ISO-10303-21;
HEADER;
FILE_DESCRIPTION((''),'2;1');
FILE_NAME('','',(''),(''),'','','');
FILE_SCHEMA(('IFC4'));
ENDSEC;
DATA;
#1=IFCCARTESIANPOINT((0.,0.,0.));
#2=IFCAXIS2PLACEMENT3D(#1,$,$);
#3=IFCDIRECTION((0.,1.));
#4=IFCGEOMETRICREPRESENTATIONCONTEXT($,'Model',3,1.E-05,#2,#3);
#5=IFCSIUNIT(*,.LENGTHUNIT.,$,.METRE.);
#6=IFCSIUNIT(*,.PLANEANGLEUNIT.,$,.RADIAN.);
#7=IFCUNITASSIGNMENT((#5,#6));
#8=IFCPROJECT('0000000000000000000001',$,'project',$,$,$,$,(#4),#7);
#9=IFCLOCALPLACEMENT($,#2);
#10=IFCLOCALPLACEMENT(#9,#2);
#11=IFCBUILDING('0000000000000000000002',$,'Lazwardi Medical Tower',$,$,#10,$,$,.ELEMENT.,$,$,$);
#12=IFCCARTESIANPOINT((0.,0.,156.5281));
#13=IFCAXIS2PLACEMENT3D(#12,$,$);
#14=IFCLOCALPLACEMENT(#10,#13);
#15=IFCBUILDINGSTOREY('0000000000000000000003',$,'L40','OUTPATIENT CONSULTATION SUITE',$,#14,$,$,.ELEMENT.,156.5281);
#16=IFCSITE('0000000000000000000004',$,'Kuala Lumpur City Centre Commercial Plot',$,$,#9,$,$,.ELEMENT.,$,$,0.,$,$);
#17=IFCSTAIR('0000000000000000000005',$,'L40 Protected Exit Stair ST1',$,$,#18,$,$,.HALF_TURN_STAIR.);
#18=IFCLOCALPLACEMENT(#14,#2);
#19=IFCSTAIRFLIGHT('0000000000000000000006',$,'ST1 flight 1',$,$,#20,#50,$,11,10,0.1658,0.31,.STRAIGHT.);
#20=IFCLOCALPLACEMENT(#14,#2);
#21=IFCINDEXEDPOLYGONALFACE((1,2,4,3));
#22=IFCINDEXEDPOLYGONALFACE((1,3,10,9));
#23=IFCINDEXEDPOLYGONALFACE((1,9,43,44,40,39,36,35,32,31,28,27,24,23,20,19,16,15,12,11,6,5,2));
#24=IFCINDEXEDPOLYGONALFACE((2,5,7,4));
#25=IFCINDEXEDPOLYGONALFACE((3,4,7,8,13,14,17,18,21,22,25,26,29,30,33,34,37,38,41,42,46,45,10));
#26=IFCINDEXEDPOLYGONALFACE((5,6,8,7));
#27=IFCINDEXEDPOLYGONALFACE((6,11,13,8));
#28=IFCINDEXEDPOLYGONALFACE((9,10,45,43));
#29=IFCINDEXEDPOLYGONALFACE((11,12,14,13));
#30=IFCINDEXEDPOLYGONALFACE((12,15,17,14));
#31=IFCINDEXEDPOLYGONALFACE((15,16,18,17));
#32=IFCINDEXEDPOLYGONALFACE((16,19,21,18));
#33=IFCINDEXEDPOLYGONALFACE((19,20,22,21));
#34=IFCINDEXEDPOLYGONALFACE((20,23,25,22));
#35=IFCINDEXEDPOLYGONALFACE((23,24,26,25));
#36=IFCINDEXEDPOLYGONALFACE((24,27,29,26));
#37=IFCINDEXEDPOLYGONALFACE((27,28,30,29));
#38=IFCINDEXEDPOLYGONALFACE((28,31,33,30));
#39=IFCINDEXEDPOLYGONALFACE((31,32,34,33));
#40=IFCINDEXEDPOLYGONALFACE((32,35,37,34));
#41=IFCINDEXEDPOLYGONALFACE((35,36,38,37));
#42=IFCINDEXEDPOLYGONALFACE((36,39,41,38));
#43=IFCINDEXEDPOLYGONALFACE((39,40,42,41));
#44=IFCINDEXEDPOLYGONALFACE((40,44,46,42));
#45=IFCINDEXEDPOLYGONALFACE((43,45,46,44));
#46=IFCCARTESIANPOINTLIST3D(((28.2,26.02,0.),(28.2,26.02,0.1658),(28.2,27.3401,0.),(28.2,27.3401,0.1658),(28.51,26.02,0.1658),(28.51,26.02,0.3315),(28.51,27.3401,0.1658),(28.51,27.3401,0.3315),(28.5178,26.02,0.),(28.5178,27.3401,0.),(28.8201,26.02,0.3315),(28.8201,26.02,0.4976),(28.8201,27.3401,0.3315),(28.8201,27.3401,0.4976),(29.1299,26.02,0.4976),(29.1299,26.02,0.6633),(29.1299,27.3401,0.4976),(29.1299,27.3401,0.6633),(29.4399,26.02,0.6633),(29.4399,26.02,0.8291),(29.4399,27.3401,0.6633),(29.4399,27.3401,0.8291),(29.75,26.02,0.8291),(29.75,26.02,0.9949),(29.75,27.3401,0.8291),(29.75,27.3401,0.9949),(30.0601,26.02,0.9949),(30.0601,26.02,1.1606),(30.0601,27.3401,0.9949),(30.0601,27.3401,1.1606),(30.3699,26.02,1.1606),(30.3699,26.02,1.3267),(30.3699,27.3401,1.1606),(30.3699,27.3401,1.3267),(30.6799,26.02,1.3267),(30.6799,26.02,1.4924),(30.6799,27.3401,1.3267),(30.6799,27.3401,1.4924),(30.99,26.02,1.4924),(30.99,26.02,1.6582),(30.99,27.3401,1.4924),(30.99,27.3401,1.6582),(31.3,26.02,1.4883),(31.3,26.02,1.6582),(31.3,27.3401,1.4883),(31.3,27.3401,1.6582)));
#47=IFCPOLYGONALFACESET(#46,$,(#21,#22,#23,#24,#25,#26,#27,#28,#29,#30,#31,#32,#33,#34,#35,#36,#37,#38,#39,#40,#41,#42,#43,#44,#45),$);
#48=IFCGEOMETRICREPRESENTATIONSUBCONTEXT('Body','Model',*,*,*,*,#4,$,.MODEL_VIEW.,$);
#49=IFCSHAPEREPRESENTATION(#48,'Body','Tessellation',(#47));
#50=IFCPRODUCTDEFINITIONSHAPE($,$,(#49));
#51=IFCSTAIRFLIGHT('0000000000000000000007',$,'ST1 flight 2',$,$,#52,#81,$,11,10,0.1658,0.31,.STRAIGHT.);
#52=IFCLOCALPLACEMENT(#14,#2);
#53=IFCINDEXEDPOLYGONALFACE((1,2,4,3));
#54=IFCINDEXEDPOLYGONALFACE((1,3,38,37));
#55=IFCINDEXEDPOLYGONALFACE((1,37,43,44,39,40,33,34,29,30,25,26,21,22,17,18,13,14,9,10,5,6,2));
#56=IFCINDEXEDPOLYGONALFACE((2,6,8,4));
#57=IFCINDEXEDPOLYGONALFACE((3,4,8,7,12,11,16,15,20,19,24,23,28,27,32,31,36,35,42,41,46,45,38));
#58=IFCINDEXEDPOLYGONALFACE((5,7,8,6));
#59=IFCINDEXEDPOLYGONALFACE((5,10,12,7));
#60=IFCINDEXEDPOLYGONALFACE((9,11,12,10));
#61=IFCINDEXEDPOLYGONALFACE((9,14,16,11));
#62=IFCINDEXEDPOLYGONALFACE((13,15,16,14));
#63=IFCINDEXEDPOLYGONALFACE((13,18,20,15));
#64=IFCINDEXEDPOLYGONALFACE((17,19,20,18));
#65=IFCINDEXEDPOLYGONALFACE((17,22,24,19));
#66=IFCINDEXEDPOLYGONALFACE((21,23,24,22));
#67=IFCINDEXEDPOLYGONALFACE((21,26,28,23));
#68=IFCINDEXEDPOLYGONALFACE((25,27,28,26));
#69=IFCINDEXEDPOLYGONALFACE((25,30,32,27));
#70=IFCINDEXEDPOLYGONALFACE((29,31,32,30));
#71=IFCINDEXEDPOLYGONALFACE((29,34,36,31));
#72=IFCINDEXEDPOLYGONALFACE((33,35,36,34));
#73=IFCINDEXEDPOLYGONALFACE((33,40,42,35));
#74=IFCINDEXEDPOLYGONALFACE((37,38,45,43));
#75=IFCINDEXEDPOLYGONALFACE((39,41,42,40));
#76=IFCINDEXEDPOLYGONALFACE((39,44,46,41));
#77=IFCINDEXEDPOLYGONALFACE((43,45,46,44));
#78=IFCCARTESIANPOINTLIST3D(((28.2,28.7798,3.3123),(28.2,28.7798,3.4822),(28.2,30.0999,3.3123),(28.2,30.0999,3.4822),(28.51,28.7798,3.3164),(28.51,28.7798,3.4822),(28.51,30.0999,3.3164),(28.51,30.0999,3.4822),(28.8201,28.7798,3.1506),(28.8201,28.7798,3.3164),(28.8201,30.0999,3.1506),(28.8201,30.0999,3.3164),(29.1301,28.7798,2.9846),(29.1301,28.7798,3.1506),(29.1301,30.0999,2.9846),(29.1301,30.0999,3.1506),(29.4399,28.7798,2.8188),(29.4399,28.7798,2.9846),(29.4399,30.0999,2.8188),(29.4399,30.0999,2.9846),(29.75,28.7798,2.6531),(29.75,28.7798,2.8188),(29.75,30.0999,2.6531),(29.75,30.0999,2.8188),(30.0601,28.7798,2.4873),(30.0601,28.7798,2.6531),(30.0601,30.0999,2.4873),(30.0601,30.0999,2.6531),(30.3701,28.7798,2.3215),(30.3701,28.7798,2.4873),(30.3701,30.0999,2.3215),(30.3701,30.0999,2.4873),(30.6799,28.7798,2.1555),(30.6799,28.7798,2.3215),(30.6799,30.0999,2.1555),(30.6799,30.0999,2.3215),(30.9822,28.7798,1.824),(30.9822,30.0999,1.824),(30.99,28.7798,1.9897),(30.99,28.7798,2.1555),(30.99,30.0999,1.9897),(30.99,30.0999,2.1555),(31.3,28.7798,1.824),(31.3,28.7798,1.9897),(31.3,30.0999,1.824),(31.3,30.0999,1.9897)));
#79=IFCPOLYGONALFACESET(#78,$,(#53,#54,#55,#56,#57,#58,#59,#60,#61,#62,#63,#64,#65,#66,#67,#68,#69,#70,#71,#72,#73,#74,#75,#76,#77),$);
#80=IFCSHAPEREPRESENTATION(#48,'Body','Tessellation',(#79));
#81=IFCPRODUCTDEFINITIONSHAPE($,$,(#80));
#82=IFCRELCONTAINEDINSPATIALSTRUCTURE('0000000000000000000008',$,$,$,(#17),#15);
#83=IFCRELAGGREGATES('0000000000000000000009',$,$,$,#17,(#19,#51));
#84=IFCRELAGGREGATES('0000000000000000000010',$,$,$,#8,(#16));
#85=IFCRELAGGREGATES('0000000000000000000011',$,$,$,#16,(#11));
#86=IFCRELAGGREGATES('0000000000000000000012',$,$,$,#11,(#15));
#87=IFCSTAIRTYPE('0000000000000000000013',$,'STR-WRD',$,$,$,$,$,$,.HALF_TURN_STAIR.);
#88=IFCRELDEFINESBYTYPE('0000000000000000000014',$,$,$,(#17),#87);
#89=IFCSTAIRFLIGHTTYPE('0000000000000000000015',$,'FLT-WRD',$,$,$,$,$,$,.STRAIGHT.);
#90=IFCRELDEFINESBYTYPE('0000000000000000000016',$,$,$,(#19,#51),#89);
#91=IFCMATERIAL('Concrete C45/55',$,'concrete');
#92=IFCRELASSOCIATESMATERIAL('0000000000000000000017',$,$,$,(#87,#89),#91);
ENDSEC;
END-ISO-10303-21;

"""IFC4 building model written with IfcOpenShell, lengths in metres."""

from ifc_helpers import new_model, si_unit, direction, frame, origin, place, context, subcontext, project, spatial, polyline, outline, extrude, material, type_object, element, aggregate, save


model = new_model("IFC4")

# Units and contexts
model_context = context("Model", 3, precision=1e-05, world=origin(), true_north=direction((0.0, 1.0)))
body_context = subcontext(model_context, "Body", "Model", "MODEL_VIEW")
ifc_project = project(units=[si_unit("LENGTHUNIT", "METRE"), si_unit("PLANEANGLEUNIT", "RADIAN")], contexts=[model_context])

# Site, building, storey
site_placement = place(None, origin())
site = spatial("IfcSite", under=ifc_project, at=site_placement, Name="Kuala Lumpur City Centre Commercial Plot", CompositionType="ELEMENT", RefElevation=0.0)
building_placement = place(site_placement, origin())
building = spatial("IfcBuilding", under=site, at=building_placement, Name="Lazwardi Medical Tower", CompositionType="ELEMENT")
storey_placement = place(building_placement, frame((0.0, 0.0, 156.5281)))
storey = spatial("IfcBuildingStorey", under=building, at=storey_placement, Name="L40", Description="OUTPATIENT CONSULTATION SUITE", CompositionType="ELEMENT", Elevation=156.5281)

# Stair, stair flights
ifc_material_1 = material(Name="Concrete C45/55", Category="concrete")
stair_type = type_object("IfcStairType", Name="STR-WRD", PredefinedType="HALF_TURN_STAIR", material=ifc_material_1)
stair_placement = place(storey_placement, origin())
stair = element("IfcStair", 1, at=stair_placement, inside=storey, type_object=stair_type, Name="L40 Protected Exit Stair ST1", PredefinedType="HALF_TURN_STAIR")
stair_flight_type = type_object("IfcStairFlightType", Name="FLT-WRD", PredefinedType="STRAIGHT", material=ifc_material_1)
stair_flight_1_placement = place(storey_placement, frame((28.2, 26.6799, 0.0), z_axis=(0.0, 0.0, 1.0), x_axis=(1.0, 0.0, 0.0)))
stair_flight_1 = element("IfcStairFlight", 2, at=stair_flight_1_placement, type_object=stair_flight_type, Name="ST1 flight 1", NumberOfRisers=11, NumberOfTreads=10, PredefinedType="STRAIGHT", RiserHeight=0.1658, TreadLength=0.31, context=body_context, shape_type="SweptSolid", body=[
    extrude(outline(polyline([(0.0, 0.0), (0.0, 0.1658), (0.3101, 0.1658), (0.3101, 0.3315), (0.6201, 0.3315), (0.6201, 0.4976), (0.9299, 0.4976), (0.9299, 0.6633), (1.24, 0.6633), (1.24, 0.8291), (1.55, 0.8291), (1.55, 0.9949), (1.8601, 0.9949), (1.8601, 1.1606), (2.1699, 1.1606), (2.1699, 1.3267), (2.48, 1.3267), (2.48, 1.4924), (2.79, 1.4924), (2.79, 1.6582), (3.1001, 1.6582), (3.1001, 1.824), (3.1001, 1.4883), (0.3179, 0.0), (0.0, 0.0)])), frame((0.0, 0.6602, 0.0), z_axis=(0.0, -1.0, 0.0), x_axis=(1.0, 0.0, 0.0)), (0.0, 0.0, 1.0), 1.3201),
])
stair_flight_2_placement = place(storey_placement, frame((31.3, 29.4399, 1.824), z_axis=(0.0, 0.0, 1.0), x_axis=(-1.0, 0.0, 0.0)))
stair_flight_2 = element("IfcStairFlight", 3, at=stair_flight_2_placement, type_object=stair_flight_type, Name="ST1 flight 2", NumberOfRisers=11, NumberOfTreads=10, PredefinedType="STRAIGHT", RiserHeight=0.1658, TreadLength=0.31, context=body_context, shape_type="SweptSolid", body=[
    extrude(outline(polyline([(0.0, 0.0), (0.0, 0.1658), (0.3101, 0.1658), (0.3101, 0.3315), (0.6201, 0.3315), (0.6201, 0.4976), (0.9299, 0.4976), (0.9299, 0.6633), (1.24, 0.6633), (1.24, 0.8291), (1.55, 0.8291), (1.55, 0.9949), (1.8601, 0.9949), (1.8601, 1.1606), (2.1699, 1.1606), (2.1699, 1.3267), (2.48, 1.3267), (2.48, 1.4924), (2.79, 1.4924), (2.79, 1.6582), (3.1001, 1.6582), (3.1001, 1.824), (3.1001, 1.4883), (0.3179, 0.0), (0.0, 0.0)])), frame((0.0, 0.6602, 0.0), z_axis=(0.0, -1.0, 0.0), x_axis=(1.0, 0.0, 0.0)), (0.0, 0.0, 1.0), 1.3201),
])
aggregate(stair, [stair_flight_1, stair_flight_2])

save(model, "model.ifc")
